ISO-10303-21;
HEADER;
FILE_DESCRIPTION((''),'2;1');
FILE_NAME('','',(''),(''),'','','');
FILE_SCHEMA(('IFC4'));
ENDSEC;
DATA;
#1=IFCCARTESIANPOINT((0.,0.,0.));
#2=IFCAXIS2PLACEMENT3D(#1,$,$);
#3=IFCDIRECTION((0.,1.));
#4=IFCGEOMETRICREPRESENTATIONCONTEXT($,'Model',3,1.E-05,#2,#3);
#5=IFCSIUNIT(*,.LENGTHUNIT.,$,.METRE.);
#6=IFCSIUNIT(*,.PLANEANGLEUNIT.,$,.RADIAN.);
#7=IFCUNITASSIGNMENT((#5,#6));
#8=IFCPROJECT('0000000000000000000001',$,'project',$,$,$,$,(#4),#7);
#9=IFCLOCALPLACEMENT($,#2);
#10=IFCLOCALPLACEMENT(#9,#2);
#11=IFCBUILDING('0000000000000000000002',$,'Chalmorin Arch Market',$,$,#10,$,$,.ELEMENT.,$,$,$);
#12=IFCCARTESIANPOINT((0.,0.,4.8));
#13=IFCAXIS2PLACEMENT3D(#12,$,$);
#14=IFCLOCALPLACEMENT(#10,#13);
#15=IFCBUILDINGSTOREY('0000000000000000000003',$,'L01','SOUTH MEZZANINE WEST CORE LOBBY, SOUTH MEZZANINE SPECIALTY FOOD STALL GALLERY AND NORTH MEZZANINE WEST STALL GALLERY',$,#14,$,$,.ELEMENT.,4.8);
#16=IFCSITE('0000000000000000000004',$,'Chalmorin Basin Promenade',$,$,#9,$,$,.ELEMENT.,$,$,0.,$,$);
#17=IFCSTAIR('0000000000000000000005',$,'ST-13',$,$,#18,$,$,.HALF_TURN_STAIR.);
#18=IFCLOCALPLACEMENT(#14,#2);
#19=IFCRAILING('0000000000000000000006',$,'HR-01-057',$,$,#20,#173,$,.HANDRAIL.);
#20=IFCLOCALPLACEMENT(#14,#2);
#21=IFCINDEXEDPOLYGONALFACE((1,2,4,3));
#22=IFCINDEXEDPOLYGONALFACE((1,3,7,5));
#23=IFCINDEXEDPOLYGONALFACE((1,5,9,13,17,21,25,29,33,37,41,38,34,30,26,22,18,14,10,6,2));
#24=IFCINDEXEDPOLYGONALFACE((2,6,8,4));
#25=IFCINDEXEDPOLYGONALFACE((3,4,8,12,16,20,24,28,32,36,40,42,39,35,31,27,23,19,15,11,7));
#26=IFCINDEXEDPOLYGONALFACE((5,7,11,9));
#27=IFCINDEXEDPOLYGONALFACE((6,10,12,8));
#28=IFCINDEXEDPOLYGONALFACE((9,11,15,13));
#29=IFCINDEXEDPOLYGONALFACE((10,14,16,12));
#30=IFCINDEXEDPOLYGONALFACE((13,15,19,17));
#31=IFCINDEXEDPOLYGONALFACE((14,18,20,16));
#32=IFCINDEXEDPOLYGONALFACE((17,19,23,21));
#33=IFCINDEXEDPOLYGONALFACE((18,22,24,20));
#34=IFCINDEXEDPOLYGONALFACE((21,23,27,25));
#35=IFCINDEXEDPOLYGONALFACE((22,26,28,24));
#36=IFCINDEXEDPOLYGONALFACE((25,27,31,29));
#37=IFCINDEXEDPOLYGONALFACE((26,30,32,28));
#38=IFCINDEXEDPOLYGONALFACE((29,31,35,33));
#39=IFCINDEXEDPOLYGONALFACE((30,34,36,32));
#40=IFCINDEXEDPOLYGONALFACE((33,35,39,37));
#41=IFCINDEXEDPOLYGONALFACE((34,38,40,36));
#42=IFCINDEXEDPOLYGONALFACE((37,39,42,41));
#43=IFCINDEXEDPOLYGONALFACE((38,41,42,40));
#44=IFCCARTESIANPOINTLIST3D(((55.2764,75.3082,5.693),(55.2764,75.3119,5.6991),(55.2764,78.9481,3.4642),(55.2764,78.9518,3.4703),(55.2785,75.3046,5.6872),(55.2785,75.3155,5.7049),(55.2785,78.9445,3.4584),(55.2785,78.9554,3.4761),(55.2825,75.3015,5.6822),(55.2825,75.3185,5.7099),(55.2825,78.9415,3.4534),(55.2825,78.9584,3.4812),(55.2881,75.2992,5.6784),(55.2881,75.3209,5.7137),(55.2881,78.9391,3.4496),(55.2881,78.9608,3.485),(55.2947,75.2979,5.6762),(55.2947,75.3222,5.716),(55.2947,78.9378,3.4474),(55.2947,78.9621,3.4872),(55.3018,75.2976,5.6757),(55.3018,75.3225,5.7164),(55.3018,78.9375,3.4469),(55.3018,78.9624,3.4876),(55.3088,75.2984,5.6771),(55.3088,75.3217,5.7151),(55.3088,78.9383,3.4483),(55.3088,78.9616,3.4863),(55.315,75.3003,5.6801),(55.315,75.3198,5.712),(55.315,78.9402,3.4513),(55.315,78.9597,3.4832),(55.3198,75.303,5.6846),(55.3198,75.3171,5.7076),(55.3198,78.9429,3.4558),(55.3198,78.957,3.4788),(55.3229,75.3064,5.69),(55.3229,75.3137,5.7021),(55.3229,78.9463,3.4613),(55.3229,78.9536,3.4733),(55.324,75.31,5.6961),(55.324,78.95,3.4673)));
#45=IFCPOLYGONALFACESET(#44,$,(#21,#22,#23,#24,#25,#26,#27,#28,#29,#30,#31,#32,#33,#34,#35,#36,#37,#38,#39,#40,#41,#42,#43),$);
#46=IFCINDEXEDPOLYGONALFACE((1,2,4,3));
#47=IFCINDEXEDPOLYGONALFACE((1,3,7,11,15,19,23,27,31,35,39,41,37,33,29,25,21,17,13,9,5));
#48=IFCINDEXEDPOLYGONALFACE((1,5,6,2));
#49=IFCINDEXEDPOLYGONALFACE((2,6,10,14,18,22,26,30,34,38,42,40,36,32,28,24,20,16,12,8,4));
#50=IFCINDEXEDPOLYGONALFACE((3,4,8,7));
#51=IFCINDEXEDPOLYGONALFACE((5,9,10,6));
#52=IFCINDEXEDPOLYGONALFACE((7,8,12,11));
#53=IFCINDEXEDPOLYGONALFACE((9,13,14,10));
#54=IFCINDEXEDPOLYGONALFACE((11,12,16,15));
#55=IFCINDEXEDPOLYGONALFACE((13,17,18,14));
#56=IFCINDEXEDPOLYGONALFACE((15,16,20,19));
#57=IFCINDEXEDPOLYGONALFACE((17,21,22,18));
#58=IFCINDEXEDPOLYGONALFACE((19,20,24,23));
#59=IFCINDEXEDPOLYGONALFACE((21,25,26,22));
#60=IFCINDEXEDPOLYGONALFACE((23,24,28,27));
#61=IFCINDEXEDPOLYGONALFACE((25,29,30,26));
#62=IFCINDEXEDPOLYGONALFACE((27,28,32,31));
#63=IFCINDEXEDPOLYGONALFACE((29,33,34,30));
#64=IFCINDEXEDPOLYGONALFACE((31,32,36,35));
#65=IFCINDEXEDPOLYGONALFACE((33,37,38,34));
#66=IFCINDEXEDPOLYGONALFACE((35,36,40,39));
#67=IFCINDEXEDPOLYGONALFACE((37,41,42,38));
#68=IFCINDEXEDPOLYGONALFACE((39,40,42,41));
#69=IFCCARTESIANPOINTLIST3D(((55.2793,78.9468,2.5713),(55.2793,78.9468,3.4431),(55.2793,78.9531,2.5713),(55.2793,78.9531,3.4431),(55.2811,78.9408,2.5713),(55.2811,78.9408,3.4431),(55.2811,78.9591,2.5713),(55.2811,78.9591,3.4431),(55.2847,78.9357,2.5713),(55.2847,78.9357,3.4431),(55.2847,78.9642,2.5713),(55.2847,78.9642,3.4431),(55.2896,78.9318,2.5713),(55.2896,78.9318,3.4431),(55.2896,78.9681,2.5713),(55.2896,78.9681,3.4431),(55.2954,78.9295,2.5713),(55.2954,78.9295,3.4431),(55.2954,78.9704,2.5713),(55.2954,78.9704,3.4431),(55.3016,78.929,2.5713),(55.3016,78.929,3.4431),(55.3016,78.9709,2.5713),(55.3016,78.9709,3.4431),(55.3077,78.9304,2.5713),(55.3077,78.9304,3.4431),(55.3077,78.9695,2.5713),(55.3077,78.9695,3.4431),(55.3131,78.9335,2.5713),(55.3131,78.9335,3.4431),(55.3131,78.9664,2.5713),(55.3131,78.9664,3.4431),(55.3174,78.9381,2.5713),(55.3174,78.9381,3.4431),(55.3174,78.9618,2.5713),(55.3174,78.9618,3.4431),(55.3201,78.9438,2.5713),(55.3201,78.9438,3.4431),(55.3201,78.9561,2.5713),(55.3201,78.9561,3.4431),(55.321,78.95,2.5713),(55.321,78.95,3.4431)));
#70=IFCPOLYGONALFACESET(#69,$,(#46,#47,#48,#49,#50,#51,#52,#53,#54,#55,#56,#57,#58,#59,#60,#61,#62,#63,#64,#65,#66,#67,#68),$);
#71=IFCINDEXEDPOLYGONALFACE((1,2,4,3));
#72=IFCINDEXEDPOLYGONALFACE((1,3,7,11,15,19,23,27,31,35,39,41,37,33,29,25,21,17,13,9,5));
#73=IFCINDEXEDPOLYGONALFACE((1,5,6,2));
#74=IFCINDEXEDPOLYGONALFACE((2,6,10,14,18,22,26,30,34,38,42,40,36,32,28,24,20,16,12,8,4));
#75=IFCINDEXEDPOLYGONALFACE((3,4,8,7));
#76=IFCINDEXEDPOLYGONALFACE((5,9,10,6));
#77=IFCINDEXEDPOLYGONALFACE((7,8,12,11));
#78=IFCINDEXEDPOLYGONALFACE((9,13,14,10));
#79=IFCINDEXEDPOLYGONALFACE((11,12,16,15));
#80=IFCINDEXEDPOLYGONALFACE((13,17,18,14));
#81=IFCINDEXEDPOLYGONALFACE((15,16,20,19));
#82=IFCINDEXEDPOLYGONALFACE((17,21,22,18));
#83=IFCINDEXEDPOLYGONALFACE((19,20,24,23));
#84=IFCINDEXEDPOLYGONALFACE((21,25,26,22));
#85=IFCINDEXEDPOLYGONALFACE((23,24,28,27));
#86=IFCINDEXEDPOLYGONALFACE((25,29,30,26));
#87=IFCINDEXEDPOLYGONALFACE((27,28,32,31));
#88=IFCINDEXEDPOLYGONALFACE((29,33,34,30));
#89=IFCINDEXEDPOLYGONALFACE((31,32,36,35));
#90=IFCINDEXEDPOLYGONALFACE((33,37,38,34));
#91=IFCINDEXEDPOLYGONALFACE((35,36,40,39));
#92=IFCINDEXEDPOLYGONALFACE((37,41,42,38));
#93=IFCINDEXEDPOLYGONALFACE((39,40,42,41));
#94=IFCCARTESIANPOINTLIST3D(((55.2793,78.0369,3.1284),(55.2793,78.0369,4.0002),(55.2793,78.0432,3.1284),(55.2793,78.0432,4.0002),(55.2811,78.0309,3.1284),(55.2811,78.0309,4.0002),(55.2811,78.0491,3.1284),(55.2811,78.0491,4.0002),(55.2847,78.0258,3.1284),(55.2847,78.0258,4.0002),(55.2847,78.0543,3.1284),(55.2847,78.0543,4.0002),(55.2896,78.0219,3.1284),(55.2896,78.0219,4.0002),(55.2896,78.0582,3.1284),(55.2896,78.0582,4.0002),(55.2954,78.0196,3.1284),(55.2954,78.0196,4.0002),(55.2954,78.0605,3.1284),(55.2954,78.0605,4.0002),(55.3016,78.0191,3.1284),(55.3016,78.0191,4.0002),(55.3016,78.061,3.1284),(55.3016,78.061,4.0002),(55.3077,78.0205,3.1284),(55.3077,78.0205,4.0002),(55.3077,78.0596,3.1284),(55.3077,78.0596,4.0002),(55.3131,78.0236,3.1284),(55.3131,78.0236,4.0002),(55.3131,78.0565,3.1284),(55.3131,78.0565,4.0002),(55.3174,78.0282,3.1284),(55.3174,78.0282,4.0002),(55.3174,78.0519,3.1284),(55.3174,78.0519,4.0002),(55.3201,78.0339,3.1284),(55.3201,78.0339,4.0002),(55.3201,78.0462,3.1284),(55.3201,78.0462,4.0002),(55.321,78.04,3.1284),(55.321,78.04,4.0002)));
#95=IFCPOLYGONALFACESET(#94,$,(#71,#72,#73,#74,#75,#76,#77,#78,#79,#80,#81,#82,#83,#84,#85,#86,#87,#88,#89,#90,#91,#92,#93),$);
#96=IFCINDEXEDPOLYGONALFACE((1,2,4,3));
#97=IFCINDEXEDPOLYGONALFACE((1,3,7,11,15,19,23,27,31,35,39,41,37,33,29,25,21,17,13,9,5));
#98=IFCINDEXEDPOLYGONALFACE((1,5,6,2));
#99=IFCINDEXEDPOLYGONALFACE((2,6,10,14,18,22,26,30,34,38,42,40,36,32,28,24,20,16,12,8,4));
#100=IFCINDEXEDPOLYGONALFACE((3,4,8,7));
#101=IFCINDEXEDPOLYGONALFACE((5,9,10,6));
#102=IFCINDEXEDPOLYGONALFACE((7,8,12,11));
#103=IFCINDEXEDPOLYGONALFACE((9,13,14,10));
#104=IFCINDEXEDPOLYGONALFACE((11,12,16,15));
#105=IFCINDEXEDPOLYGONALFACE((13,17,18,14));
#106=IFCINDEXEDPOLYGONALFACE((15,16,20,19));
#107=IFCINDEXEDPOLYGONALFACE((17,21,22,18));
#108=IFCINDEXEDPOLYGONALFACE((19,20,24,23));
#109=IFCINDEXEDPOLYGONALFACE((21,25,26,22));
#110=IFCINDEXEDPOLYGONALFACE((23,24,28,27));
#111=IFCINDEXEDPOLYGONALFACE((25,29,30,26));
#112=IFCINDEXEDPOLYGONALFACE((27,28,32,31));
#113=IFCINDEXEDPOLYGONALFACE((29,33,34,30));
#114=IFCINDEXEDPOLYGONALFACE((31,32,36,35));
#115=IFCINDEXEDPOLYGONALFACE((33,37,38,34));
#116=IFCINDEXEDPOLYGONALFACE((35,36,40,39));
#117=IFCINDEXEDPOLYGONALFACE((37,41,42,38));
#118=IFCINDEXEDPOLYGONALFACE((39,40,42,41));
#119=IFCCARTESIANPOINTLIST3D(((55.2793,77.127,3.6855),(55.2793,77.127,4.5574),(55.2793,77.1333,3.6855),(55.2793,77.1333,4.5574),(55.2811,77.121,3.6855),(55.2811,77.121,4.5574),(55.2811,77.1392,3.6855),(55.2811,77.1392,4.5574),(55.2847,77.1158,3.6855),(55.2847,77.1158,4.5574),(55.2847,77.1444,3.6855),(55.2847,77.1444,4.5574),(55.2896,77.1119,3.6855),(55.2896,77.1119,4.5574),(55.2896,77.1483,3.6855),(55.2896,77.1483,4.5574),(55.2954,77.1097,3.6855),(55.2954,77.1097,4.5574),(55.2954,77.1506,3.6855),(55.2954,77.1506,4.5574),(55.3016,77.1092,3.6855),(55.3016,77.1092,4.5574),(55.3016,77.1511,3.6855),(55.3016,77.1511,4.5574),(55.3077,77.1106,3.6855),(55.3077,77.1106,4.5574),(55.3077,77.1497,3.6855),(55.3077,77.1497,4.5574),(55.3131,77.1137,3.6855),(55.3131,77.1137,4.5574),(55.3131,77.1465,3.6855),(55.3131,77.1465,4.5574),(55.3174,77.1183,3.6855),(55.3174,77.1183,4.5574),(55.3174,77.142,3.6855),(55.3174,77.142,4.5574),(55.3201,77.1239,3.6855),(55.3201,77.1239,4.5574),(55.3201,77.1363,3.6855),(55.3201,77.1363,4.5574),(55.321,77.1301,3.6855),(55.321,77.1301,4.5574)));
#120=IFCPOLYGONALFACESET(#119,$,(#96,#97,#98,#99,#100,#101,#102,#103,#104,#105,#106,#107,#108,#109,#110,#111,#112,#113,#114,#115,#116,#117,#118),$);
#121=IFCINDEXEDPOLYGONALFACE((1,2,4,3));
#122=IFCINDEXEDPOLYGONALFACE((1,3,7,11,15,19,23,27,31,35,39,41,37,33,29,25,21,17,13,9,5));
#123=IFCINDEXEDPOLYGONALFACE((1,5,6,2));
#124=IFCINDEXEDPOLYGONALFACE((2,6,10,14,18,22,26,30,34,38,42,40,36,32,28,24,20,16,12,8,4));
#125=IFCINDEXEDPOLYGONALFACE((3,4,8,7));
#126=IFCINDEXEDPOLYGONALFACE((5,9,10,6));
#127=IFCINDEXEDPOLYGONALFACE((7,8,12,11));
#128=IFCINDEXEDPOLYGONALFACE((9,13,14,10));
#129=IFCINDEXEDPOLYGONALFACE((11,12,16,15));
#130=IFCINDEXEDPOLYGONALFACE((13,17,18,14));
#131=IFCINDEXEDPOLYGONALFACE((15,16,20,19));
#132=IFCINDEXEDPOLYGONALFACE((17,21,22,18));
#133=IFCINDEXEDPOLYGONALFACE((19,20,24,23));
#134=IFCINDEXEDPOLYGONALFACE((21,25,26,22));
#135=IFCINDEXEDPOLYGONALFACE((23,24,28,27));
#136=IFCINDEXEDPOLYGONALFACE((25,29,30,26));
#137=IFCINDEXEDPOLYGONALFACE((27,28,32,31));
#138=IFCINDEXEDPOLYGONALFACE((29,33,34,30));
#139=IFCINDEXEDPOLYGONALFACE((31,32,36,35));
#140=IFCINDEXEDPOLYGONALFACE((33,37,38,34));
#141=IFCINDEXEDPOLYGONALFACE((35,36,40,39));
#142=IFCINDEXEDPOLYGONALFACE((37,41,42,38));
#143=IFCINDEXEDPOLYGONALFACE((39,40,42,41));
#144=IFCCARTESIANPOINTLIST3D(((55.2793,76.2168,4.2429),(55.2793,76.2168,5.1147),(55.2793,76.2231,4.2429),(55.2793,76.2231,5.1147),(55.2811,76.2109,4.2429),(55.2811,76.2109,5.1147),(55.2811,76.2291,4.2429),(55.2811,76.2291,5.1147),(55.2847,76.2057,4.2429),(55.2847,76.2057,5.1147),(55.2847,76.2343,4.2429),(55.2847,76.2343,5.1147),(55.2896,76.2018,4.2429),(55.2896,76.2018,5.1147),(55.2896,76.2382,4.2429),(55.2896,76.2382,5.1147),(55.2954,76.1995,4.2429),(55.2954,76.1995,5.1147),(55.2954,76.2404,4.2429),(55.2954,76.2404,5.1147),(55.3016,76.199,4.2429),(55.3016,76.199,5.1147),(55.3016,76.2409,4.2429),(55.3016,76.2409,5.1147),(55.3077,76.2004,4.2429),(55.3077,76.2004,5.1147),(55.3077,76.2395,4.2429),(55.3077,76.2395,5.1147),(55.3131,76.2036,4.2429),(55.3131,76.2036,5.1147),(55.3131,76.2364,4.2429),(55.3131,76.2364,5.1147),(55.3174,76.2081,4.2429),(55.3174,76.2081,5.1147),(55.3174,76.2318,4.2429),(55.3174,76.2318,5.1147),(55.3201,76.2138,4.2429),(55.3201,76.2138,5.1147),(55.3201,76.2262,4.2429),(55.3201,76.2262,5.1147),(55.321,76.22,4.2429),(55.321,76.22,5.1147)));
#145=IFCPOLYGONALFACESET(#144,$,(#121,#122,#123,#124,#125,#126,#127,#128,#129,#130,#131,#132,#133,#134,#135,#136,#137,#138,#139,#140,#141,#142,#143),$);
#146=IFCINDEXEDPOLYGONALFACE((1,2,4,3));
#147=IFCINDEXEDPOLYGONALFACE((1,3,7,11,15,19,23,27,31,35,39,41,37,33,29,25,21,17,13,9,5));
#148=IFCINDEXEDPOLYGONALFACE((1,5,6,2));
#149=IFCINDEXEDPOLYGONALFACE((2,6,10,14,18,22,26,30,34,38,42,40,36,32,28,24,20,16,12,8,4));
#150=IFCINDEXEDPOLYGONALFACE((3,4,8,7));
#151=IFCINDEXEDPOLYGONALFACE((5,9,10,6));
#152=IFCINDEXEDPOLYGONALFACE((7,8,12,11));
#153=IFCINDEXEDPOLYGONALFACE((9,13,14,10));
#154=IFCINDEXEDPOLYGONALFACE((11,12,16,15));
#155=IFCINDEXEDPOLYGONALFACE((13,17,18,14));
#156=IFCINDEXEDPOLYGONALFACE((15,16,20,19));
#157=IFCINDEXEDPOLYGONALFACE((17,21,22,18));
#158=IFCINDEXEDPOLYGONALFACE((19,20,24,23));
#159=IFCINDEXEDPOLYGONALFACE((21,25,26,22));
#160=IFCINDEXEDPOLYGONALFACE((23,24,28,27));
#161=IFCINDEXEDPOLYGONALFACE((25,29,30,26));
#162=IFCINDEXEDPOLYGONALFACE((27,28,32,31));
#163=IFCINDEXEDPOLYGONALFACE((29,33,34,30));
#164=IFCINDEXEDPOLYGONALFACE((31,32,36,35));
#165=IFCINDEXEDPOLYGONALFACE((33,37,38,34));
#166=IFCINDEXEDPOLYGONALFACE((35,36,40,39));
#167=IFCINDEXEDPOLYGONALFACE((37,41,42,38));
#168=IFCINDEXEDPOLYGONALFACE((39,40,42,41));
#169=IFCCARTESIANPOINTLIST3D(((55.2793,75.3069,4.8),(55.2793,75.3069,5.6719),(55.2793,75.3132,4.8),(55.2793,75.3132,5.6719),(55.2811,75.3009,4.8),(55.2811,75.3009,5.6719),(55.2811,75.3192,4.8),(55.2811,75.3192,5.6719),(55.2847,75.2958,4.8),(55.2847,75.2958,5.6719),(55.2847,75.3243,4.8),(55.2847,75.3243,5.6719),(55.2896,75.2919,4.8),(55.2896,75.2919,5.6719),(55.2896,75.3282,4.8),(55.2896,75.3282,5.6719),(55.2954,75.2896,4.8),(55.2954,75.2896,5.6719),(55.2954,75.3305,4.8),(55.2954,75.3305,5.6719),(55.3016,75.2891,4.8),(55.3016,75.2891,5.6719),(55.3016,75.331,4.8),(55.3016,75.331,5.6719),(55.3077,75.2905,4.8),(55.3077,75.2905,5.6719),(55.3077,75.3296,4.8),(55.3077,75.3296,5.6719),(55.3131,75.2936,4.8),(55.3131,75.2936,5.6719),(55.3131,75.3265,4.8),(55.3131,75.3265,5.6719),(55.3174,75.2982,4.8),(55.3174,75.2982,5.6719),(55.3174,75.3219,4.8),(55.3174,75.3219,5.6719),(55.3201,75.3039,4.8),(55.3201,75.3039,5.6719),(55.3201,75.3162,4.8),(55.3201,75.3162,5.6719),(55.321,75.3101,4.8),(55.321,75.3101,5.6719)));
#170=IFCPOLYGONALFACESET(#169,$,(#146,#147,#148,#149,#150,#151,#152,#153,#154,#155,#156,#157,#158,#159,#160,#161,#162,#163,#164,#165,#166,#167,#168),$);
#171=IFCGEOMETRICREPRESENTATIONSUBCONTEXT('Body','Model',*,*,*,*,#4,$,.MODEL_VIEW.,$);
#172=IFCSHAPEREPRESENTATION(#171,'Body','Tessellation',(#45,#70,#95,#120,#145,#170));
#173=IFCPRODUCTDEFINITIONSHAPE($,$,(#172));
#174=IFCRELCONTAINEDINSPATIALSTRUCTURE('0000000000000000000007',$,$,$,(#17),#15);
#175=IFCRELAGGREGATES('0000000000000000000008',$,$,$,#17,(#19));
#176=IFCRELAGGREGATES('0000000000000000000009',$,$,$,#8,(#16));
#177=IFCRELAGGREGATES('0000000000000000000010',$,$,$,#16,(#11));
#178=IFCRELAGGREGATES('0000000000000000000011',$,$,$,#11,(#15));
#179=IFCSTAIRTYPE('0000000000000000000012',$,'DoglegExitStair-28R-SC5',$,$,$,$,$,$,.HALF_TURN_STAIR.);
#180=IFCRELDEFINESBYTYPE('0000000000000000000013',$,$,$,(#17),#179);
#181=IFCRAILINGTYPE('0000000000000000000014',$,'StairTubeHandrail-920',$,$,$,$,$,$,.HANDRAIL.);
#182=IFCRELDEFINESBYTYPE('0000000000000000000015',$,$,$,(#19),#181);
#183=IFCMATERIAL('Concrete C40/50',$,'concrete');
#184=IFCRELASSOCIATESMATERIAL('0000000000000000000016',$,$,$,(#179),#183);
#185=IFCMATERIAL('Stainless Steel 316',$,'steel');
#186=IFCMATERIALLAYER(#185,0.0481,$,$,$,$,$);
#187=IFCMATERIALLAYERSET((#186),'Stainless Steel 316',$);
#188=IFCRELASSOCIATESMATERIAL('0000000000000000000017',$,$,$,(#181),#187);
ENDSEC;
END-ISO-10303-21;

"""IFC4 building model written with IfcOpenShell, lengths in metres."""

from ifc_helpers import new_model, si_unit, direction, frame, origin, origin_2d, place, context, subcontext, project, spatial, circle, extrude, material, layer, layer_set, type_object, element, aggregate, save


model = new_model("IFC4")

# Units and contexts
model_context = context("Model", 3, precision=1e-05, world=origin(), true_north=direction((0.0, 1.0)))
body_context = subcontext(model_context, "Body", "Model", "MODEL_VIEW")
ifc_project = project(units=[si_unit("LENGTHUNIT", "METRE"), si_unit("PLANEANGLEUNIT", "RADIAN")], contexts=[model_context])

# Site, building, storey
site_placement = place(None, origin())
site = spatial("IfcSite", under=ifc_project, at=site_placement, Name="Chalmorin Basin Promenade", CompositionType="ELEMENT", RefElevation=0.0)
building_placement = place(site_placement, origin())
building = spatial("IfcBuilding", under=site, at=building_placement, Name="Chalmorin Arch Market", CompositionType="ELEMENT")
storey_placement = place(building_placement, frame((0.0, 0.0, 4.8)))
storey = spatial("IfcBuildingStorey", under=building, at=storey_placement, Name="L01", Description="SOUTH MEZZANINE WEST CORE LOBBY, SOUTH MEZZANINE SPECIALTY FOOD STALL GALLERY AND NORTH MEZZANINE WEST STALL GALLERY", CompositionType="ELEMENT", Elevation=4.8)

# Shared definitions
ifc_material_1 = material(Name="Concrete C40/50", Category="concrete")

# Stair, railing
stair_type = type_object("IfcStairType", Name="DoglegExitStair-28R-SC5", PredefinedType="HALF_TURN_STAIR", material=ifc_material_1)
stair_placement = place(storey_placement, origin())
stair = element("IfcStair", 1, at=stair_placement, inside=storey, type_object=stair_type, Name="ST-13", PredefinedType="HALF_TURN_STAIR")
ifc_material_2 = material(Name="Stainless Steel 316", Category="steel")
ifc_layer_1 = layer(ifc_material_2, 0.0481)
ifc_layer_set_1 = layer_set([ifc_layer_1], Name="Stainless Steel 316")
railing_type_1 = type_object("IfcRailingType", Name="StairTubeHandrail-920", PredefinedType="HANDRAIL", material=ifc_layer_set_1)
railing_1_placement = place(storey_placement, frame((55.3, 78.95, 2.5713)))
railing_1 = element("IfcRailing", 2, at=railing_1_placement, type_object=railing_type_1, Name="HR-01-057", PredefinedType="HANDRAIL", context=body_context, shape_type="SweptSolid", body=[
    extrude(circle(Radius=0.0239, at=origin_2d()), frame((0.0, 0.0, 0.896), z_axis=(0.0, -0.852825, 0.522197), x_axis=(1.0, 0.0, 0.0)), (0.0, 0.0, 1.0), 4.2681),
    extrude(circle(Radius=0.021, at=origin_2d()), origin(), (0.0, 0.0, 1.0), 0.8718),
    extrude(circle(Radius=0.021, at=origin_2d()), frame((0.0, -0.9099, 0.5571)), (0.0, 0.0, 1.0), 0.8718),
    extrude(circle(Radius=0.021, at=origin_2d()), frame((0.0, -1.8198, 1.1143)), (0.0, 0.0, 1.0), 0.8718),
    extrude(circle(Radius=0.021, at=origin_2d()), frame((0.0, -2.73, 1.6716)), (0.0, 0.0, 1.0), 0.8718),
    extrude(circle(Radius=0.021, at=origin_2d()), frame((0.0, -3.6399, 2.2288)), (0.0, 0.0, 1.0), 0.8718),
])
aggregate(stair, [railing_1])

save(model, "model.ifc")
